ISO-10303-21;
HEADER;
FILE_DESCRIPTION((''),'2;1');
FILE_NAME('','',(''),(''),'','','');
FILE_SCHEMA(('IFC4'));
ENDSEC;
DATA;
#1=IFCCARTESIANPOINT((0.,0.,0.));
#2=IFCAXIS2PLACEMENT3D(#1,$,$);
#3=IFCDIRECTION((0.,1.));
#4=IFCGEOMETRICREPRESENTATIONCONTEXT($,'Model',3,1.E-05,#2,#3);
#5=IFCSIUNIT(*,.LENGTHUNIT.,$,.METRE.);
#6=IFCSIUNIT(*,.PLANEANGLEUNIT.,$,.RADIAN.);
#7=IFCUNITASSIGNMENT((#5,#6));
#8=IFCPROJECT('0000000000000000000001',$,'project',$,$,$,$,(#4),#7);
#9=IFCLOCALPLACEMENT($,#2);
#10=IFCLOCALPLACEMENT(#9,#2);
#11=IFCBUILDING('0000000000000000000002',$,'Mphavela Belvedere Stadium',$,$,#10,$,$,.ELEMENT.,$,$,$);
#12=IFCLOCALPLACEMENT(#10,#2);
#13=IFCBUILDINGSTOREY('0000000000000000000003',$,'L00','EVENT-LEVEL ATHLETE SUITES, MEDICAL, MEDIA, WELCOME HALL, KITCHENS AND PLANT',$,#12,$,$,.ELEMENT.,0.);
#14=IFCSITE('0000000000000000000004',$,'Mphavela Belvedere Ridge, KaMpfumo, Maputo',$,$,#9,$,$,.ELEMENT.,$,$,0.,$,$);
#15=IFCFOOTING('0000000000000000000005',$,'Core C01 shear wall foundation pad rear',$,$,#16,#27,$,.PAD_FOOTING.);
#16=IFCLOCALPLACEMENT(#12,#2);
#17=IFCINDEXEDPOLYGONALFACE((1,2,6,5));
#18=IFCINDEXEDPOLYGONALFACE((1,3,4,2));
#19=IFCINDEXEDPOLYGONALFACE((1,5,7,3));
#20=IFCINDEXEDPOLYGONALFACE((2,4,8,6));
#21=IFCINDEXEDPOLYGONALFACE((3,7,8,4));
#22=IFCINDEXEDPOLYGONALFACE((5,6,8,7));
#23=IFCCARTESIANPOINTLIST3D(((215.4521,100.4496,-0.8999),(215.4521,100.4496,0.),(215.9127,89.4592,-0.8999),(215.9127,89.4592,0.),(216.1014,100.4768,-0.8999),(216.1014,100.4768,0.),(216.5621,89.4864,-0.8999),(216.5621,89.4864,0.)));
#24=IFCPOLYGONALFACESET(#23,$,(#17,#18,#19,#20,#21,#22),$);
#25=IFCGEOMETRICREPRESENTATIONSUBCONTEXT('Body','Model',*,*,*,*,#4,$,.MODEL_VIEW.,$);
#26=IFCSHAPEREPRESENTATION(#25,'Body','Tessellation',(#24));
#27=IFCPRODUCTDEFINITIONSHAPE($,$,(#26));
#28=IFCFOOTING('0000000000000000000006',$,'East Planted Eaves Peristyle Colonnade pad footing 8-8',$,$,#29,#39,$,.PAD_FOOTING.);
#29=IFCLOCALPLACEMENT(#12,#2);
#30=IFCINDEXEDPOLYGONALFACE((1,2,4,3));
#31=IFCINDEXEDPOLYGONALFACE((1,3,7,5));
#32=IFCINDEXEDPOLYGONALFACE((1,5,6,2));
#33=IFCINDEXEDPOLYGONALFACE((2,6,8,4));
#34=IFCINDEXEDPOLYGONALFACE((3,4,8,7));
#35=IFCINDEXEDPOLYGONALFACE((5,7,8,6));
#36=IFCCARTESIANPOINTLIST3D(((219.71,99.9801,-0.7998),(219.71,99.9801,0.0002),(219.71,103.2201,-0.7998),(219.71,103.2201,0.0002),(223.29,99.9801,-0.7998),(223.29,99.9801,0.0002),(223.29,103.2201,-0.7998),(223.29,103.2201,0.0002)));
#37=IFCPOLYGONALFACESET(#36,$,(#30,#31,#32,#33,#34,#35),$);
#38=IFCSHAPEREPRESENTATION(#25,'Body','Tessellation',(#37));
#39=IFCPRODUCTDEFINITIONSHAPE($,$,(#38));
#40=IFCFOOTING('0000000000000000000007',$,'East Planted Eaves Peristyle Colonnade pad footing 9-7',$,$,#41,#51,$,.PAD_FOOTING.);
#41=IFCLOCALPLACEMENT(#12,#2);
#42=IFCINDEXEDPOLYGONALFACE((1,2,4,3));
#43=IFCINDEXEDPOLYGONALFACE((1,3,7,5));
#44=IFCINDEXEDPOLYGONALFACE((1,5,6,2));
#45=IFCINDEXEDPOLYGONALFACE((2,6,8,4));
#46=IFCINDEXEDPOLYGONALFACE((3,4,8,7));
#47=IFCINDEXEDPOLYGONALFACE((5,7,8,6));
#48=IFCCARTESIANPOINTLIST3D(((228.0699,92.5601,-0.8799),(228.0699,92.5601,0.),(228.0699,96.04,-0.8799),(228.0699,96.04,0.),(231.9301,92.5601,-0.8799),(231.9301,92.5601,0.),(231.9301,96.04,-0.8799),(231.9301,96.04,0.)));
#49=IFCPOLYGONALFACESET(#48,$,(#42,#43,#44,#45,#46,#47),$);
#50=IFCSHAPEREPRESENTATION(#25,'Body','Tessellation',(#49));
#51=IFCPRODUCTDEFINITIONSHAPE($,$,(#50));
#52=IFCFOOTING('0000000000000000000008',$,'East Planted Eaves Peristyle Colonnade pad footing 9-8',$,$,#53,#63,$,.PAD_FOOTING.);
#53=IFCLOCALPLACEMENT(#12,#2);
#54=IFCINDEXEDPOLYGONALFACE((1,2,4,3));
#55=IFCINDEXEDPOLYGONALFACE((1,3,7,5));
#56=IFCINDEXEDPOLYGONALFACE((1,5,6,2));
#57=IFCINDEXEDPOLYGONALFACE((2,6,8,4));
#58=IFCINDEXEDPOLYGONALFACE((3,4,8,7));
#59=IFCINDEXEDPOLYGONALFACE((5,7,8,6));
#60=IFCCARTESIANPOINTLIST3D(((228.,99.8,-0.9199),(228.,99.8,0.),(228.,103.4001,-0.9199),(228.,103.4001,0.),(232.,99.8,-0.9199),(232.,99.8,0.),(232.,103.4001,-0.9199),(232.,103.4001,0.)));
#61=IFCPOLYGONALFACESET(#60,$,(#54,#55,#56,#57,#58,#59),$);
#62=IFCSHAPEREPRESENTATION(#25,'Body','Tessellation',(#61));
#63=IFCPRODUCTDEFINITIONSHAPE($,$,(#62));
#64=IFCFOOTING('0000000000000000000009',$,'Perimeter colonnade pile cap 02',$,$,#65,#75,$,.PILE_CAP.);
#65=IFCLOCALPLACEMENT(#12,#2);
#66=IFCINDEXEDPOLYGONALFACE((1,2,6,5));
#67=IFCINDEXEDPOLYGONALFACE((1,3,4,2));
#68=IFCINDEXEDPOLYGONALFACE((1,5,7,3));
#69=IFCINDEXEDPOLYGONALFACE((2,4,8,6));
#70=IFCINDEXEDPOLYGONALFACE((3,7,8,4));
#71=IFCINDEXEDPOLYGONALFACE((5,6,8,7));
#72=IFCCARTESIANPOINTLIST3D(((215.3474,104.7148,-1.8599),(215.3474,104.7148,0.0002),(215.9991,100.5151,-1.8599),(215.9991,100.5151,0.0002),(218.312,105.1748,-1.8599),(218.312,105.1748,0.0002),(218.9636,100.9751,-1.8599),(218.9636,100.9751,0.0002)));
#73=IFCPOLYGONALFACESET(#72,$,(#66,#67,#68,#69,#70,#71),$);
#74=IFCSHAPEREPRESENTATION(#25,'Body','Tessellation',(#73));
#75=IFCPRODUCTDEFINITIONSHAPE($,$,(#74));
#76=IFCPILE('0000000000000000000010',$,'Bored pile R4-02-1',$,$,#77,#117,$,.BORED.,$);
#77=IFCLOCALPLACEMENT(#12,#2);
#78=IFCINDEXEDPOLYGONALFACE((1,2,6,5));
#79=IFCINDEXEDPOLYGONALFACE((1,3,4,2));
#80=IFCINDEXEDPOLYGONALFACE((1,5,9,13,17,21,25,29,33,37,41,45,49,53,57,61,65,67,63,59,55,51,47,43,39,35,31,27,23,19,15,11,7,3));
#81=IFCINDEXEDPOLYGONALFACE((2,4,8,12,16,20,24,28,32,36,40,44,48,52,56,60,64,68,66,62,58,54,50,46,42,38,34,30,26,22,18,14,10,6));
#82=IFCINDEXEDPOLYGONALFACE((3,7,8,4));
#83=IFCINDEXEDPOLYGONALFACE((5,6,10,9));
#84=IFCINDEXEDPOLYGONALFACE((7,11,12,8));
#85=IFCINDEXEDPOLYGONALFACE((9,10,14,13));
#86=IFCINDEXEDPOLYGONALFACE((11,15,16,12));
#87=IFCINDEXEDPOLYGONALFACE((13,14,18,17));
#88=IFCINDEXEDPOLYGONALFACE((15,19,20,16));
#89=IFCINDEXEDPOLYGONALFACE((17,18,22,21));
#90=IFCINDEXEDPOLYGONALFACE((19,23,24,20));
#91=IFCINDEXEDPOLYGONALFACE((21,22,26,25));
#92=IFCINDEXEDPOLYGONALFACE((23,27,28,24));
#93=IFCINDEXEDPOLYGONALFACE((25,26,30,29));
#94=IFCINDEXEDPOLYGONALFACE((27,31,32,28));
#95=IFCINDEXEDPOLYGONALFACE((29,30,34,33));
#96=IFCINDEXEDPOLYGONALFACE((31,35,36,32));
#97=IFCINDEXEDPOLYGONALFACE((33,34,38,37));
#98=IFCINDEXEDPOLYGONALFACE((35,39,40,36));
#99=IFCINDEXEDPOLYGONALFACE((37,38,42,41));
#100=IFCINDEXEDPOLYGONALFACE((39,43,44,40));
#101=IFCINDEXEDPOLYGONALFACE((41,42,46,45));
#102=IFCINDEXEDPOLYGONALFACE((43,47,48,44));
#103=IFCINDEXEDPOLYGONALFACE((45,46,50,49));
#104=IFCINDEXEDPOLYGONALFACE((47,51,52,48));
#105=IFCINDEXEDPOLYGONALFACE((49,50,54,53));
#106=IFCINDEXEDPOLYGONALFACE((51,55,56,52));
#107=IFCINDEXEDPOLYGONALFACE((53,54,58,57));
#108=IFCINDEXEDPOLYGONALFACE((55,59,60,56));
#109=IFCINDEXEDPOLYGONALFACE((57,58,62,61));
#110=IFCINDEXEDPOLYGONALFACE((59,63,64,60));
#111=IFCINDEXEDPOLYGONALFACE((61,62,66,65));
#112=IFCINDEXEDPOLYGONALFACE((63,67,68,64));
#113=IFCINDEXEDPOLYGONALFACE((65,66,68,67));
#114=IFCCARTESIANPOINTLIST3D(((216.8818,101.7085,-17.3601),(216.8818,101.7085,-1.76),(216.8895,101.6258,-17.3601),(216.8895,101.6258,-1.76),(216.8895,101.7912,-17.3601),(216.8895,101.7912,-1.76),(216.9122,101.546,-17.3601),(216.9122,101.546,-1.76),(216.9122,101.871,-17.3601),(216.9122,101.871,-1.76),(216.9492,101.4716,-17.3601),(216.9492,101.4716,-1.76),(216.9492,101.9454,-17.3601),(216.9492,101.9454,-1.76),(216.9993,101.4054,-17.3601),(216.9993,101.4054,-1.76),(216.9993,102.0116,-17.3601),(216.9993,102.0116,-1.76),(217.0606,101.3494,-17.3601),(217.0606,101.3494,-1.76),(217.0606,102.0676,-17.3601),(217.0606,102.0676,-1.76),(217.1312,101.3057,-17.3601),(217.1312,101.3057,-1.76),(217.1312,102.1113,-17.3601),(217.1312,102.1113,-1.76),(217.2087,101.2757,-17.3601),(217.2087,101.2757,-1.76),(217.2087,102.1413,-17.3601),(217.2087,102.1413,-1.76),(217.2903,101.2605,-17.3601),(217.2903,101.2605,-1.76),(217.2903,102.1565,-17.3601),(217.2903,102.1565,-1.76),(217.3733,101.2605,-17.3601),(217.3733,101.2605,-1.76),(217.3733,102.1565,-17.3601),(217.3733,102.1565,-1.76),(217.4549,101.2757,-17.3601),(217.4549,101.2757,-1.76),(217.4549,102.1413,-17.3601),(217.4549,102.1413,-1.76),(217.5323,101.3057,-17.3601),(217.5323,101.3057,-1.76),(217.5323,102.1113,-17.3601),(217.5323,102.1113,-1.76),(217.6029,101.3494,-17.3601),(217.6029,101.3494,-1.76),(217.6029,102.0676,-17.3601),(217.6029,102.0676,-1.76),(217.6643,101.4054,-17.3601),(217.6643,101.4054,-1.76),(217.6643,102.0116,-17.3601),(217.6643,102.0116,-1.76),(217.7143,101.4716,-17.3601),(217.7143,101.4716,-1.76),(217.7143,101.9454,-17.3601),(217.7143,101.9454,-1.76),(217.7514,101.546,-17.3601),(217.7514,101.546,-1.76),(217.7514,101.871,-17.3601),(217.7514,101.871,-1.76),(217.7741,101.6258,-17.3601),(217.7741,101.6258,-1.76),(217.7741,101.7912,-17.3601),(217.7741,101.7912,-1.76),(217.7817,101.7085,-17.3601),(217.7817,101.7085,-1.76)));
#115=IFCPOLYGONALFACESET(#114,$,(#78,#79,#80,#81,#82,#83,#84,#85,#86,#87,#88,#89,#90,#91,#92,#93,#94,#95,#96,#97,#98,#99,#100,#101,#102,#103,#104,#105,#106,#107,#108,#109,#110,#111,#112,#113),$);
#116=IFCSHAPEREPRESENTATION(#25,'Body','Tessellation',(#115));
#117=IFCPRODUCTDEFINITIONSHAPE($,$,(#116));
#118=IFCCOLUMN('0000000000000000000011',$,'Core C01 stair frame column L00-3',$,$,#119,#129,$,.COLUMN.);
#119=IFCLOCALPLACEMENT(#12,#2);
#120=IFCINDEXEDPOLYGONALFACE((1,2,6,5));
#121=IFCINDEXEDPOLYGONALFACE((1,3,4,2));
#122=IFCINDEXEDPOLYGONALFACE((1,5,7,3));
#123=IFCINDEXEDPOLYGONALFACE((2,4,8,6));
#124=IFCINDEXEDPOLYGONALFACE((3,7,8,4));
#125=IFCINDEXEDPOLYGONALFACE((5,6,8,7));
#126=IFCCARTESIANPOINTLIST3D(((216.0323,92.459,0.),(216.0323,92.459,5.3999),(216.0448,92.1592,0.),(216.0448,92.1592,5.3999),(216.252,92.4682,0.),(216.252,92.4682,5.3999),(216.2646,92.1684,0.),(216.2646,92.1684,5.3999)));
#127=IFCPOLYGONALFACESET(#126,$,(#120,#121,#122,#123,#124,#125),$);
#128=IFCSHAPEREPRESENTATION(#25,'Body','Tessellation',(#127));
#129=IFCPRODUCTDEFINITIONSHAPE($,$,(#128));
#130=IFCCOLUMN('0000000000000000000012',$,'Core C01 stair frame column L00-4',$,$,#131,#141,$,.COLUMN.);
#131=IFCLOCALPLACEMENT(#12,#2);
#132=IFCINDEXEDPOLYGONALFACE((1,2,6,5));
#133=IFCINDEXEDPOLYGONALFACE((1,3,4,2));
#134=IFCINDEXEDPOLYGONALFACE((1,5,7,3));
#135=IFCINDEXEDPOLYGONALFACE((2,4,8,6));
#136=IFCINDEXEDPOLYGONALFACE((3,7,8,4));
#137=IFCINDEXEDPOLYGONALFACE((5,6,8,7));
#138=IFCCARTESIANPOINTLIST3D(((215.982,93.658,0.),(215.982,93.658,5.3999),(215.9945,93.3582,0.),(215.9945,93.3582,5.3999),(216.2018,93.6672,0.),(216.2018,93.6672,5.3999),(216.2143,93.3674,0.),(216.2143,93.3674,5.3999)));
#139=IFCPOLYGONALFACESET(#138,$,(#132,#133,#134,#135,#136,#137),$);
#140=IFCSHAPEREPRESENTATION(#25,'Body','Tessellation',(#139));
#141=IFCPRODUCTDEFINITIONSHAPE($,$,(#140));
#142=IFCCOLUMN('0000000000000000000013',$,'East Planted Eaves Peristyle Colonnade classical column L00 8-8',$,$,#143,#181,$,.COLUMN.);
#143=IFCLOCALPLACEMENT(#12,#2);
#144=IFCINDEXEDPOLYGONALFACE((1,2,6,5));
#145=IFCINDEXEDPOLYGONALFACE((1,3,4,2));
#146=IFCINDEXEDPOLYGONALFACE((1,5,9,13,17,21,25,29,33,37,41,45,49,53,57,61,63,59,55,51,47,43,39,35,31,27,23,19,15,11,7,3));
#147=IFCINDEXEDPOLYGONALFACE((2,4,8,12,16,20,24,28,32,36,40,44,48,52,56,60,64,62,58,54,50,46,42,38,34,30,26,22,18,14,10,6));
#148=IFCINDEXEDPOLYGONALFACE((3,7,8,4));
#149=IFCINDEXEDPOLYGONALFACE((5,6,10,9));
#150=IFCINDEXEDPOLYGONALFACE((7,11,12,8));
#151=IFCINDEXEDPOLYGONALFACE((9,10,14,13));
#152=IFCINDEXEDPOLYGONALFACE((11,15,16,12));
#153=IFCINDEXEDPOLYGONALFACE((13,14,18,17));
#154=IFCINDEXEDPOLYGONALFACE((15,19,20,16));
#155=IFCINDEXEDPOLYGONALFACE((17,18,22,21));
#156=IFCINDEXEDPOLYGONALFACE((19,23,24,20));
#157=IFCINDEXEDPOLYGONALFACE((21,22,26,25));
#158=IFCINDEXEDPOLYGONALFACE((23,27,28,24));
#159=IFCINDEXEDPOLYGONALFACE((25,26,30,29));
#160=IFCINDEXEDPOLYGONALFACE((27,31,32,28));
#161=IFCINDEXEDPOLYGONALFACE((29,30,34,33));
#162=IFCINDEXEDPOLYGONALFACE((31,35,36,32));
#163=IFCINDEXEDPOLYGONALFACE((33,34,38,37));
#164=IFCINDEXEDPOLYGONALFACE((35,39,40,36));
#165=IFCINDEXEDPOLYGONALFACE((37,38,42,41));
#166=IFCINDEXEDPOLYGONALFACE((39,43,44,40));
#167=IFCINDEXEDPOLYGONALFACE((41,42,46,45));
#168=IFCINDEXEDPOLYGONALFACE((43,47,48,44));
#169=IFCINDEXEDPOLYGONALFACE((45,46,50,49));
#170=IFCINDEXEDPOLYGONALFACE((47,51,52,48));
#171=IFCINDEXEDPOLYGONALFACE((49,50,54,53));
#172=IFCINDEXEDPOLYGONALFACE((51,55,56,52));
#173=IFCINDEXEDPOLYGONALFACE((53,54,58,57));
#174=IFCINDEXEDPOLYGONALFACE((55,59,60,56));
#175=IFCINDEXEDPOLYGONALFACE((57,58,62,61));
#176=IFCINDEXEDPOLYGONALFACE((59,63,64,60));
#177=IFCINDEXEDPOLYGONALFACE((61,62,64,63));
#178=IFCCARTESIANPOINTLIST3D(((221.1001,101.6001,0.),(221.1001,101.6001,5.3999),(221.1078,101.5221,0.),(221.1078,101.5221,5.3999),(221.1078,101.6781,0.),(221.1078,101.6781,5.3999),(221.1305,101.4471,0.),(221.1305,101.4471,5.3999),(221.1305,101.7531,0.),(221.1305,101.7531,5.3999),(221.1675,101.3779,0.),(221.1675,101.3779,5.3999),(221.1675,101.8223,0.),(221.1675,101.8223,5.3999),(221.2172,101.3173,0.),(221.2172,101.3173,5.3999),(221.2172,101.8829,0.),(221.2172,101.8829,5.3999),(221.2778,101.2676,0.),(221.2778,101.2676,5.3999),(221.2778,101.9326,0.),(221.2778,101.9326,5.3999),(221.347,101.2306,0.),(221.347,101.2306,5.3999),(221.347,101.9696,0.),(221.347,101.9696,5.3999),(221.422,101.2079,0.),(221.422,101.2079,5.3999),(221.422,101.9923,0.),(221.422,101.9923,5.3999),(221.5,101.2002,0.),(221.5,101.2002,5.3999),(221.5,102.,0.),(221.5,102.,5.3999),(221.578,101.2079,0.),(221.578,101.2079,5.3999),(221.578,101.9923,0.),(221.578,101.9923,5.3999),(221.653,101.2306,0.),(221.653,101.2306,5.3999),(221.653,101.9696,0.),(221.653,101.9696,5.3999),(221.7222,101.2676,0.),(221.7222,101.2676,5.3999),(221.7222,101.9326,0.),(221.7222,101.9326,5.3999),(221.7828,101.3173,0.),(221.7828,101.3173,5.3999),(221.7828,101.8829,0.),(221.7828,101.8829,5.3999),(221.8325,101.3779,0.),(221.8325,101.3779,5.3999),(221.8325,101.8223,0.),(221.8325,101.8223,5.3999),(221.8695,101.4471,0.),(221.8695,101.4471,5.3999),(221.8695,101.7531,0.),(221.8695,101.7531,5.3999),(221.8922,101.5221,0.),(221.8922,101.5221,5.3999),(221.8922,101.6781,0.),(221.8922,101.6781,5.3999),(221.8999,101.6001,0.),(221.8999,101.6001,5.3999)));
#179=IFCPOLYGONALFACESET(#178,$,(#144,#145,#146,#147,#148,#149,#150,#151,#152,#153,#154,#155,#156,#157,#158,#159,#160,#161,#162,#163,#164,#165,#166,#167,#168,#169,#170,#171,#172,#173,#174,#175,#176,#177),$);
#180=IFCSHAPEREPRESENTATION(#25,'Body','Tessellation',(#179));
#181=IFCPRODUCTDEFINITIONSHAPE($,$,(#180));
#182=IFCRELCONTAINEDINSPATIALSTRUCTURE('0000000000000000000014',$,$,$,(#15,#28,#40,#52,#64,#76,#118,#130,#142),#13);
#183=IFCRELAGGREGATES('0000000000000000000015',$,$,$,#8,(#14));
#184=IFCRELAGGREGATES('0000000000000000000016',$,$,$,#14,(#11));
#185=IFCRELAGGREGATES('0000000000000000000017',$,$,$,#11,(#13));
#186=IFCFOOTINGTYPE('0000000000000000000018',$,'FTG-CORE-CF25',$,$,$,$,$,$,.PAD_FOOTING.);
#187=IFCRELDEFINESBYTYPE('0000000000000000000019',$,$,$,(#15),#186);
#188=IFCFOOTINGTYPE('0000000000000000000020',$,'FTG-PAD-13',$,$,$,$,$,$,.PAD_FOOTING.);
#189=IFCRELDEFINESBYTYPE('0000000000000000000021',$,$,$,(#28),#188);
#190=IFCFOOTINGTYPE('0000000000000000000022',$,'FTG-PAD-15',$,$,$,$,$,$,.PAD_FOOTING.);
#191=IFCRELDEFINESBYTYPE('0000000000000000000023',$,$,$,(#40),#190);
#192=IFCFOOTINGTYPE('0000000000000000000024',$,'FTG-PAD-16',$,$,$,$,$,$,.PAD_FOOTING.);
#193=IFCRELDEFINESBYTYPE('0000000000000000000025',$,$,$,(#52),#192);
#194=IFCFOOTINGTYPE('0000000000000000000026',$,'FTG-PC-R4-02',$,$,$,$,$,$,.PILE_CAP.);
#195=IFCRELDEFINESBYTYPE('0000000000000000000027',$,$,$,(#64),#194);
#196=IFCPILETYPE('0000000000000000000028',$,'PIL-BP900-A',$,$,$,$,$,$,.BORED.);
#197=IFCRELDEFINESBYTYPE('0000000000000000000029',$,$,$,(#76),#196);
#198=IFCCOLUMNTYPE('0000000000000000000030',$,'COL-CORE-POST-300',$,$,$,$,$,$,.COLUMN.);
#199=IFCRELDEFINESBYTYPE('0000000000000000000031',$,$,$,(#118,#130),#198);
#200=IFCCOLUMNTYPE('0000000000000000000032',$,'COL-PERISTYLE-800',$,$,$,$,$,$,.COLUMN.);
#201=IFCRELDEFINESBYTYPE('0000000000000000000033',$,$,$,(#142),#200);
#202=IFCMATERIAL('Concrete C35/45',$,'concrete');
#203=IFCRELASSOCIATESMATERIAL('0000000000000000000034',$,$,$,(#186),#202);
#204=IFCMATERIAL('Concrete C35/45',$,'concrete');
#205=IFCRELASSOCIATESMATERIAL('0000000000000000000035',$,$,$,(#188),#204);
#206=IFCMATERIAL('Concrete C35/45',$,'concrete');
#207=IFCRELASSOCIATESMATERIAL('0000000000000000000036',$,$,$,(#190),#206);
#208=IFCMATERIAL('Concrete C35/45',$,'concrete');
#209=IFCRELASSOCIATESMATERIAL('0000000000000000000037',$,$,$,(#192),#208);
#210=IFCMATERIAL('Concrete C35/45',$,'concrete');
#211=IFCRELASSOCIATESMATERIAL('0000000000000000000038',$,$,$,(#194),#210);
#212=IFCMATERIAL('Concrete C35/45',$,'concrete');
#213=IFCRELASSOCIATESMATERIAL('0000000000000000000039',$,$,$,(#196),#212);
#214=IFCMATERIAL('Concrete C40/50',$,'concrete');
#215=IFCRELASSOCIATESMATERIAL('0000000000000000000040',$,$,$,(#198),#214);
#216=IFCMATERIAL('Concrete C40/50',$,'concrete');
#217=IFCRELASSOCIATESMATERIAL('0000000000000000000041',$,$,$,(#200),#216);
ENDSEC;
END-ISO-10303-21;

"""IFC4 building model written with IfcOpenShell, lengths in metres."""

from ifc_helpers import new_model, si_unit, direction, frame, origin, origin_2d, place, context, subcontext, project, spatial, rectangle, circle, extrude, material, material_profile, profile_set, type_object, element, save


model = new_model("IFC4")

# Units and contexts
model_context = context("Model", 3, precision=1e-05, world=origin(), true_north=direction((0.0, 1.0)))
body_context = subcontext(model_context, "Body", "Model", "MODEL_VIEW")
ifc_project = project(units=[si_unit("LENGTHUNIT", "METRE"), si_unit("PLANEANGLEUNIT", "RADIAN")], contexts=[model_context])

# Site, building, storey
site_placement = place(None, origin())
site = spatial("IfcSite", under=ifc_project, at=site_placement, Name="Mphavela Belvedere Ridge, KaMpfumo, Maputo", CompositionType="ELEMENT", RefElevation=0.0)
building_placement = place(site_placement, origin())
building = spatial("IfcBuilding", under=site, at=building_placement, Name="Mphavela Belvedere Stadium", CompositionType="ELEMENT")
storey_placement = place(building_placement, origin())
storey = spatial("IfcBuildingStorey", under=building, at=storey_placement, Name="L00", Description="EVENT-LEVEL ATHLETE SUITES, MEDICAL, MEDIA, WELCOME HALL, KITCHENS AND PLANT", CompositionType="ELEMENT", Elevation=0.0)

# Footings
ifc_material_1 = material(Name="Concrete C35/45", Category="concrete")
footing_type_1 = type_object("IfcFootingType", Name="FTG-CORE-CF25", PredefinedType="PAD_FOOTING", material=ifc_material_1)
footing_1_placement = place(storey_placement, frame((216.0071, 94.968, -0.8999), z_axis=(0.0, 0.0, 1.0), x_axis=(0.041876, -0.999123, 0.0)))
element("IfcFooting", 1, at=footing_1_placement, inside=storey, type_object=footing_type_1, Name="Core C01 shear wall foundation pad rear", PredefinedType="PAD_FOOTING", context=body_context, shape_type="SweptSolid", body=[
    extrude(rectangle(XDim=11.0, YDim=0.6499, at=origin_2d()), origin(), (0.0, 0.0, 1.0), 0.8999),
])
ifc_material_2 = material(Name="Concrete C35/45", Category="concrete")
footing_type_2 = type_object("IfcFootingType", Name="FTG-PAD-13", PredefinedType="PAD_FOOTING", material=ifc_material_2)
footing_2_placement = place(storey_placement, frame((221.5, 101.6001, -0.7998), z_axis=(0.0, 0.0, 1.0), x_axis=(1.0, 0.0, 0.0)))
element("IfcFooting", 2, at=footing_2_placement, inside=storey, type_object=footing_type_2, Name="East Planted Eaves Peristyle Colonnade pad footing 8-8", PredefinedType="PAD_FOOTING", context=body_context, shape_type="SweptSolid", body=[
    extrude(rectangle(XDim=3.5801, YDim=3.24, at=origin_2d()), origin(), (0.0, 0.0, 1.0), 0.8),
])
ifc_material_3 = material(Name="Concrete C35/45", Category="concrete")
footing_type_3 = type_object("IfcFootingType", Name="FTG-PAD-15", PredefinedType="PAD_FOOTING", material=ifc_material_3)
footing_3_placement = place(storey_placement, frame((230.0, 94.3, -0.8799), z_axis=(0.0, 0.0, 1.0), x_axis=(1.0, 0.0, 0.0)))
element("IfcFooting", 3, at=footing_3_placement, inside=storey, type_object=footing_type_3, Name="East Planted Eaves Peristyle Colonnade pad footing 9-7", PredefinedType="PAD_FOOTING", context=body_context, shape_type="SweptSolid", body=[
    extrude(rectangle(XDim=3.8601, YDim=3.48, at=origin_2d()), origin(), (0.0, 0.0, 1.0), 0.8799),
])
ifc_material_4 = material(Name="Concrete C35/45", Category="concrete")
footing_type_4 = type_object("IfcFootingType", Name="FTG-PAD-16", PredefinedType="PAD_FOOTING", material=ifc_material_4)
footing_4_placement = place(storey_placement, frame((230.0, 101.6001, -0.9199), z_axis=(0.0, 0.0, 1.0), x_axis=(1.0, 0.0, 0.0)))
element("IfcFooting", 4, at=footing_4_placement, inside=storey, type_object=footing_type_4, Name="East Planted Eaves Peristyle Colonnade pad footing 9-8", PredefinedType="PAD_FOOTING", context=body_context, shape_type="SweptSolid", body=[
    extrude(rectangle(XDim=4.0, YDim=3.6001, at=origin_2d()), origin(), (0.0, 0.0, 1.0), 0.9199),
])
ifc_material_5 = material(Name="Concrete C35/45", Category="concrete")
footing_type_5 = type_object("IfcFootingType", Name="FTG-PC-R4-02", PredefinedType="PILE_CAP", material=ifc_material_5)
footing_5_placement = place(storey_placement, frame((217.1555, 102.845, -1.8599), z_axis=(0.0, 0.0, 1.0), x_axis=(-0.153331, 0.988175, 0.0)))
element("IfcFooting", 5, at=footing_5_placement, inside=storey, type_object=footing_type_5, Name="Perimeter colonnade pile cap 02", PredefinedType="PILE_CAP", context=body_context, shape_type="SweptSolid", body=[
    extrude(rectangle(XDim=4.25, YDim=3.0, at=origin_2d()), origin(), (0.0, 0.0, 1.0), 1.8601),
])

# Pile
ifc_material_6 = material(Name="Concrete C35/45", Category="concrete")
ifc_material_profile_1 = material_profile(ifc_material_6, circle(Radius=0.45, at=origin_2d()), Name="BP D900")
ifc_profile_set_1 = profile_set([ifc_material_profile_1], Name="Concrete C35/45")
pile_type = type_object("IfcPileType", Name="PIL-BP900-A", PredefinedType="BORED", material=ifc_profile_set_1)
pile_placement = place(storey_placement, frame((217.3318, 101.7085, -1.76), z_axis=(0.0, 0.0, -1.0), x_axis=(1.0, 0.0, 0.0)))
element("IfcPile", 6, at=pile_placement, inside=storey, type_object=pile_type, Name="Bored pile R4-02-1", PredefinedType="BORED", context=body_context, shape_type="SweptSolid", body=[
    extrude(circle(Radius=0.45, at=origin_2d()), origin(), (0.0, 0.0, 1.0), 15.6001),
])

# Columns
ifc_material_7 = material(Name="Concrete C40/50", Category="concrete")
ifc_material_profile_2 = material_profile(ifc_material_7, rectangle(XDim=0.3, YDim=0.22, at=origin_2d()), Name="RC 300x220")
ifc_profile_set_2 = profile_set([ifc_material_profile_2], Name="Concrete C40/50")
column_type_1 = type_object("IfcColumnType", Name="COL-CORE-POST-300", PredefinedType="COLUMN", material=ifc_profile_set_2)
for number, where, z_axis, x_axis, name in (
    (7, (216.1484, 92.3137, 0.0), (0.0, 0.0, 1.0), (0.041876, -0.999123, 0.0), "Core C01 stair frame column L00-3"),
    (8, (216.0981, 93.5127, 0.0), (0.0, 0.0, 1.0), (0.041876, -0.999123, 0.0), "Core C01 stair frame column L00-4"),
):
    element("IfcColumn", number, at=place(storey_placement, frame(where, z_axis=z_axis, x_axis=x_axis)), inside=storey, type_object=column_type_1, Name=name, PredefinedType="COLUMN", context=body_context, shape_type="SweptSolid", body=[
        extrude(rectangle(XDim=0.3, YDim=0.22, at=origin_2d()), origin(), (0.0, 0.0, 1.0), 5.3999),
    ])
ifc_material_8 = material(Name="Concrete C40/50", Category="concrete")
ifc_material_profile_3 = material_profile(ifc_material_8, circle(Radius=0.3999, at=origin_2d()), Name="COL D800")
ifc_profile_set_3 = profile_set([ifc_material_profile_3], Name="Concrete C40/50")
column_type_2 = type_object("IfcColumnType", Name="COL-PERISTYLE-800", PredefinedType="COLUMN", material=ifc_profile_set_3)
for number, where, z_axis, x_axis, name in (
    (9, (221.5, 101.6001, 0.0), (0.0, 0.0, 1.0), (1.0, 0.0, 0.0), "East Planted Eaves Peristyle Colonnade classical column L00 8-8"),
):
    element("IfcColumn", number, at=place(storey_placement, frame(where, z_axis=z_axis, x_axis=x_axis)), inside=storey, type_object=column_type_2, Name=name, PredefinedType="COLUMN", context=body_context, shape_type="SweptSolid", body=[
        extrude(circle(Radius=0.3999, at=origin_2d()), origin(), (0.0, 0.0, 1.0), 5.3999),
    ])

save(model, "model.ifc")
